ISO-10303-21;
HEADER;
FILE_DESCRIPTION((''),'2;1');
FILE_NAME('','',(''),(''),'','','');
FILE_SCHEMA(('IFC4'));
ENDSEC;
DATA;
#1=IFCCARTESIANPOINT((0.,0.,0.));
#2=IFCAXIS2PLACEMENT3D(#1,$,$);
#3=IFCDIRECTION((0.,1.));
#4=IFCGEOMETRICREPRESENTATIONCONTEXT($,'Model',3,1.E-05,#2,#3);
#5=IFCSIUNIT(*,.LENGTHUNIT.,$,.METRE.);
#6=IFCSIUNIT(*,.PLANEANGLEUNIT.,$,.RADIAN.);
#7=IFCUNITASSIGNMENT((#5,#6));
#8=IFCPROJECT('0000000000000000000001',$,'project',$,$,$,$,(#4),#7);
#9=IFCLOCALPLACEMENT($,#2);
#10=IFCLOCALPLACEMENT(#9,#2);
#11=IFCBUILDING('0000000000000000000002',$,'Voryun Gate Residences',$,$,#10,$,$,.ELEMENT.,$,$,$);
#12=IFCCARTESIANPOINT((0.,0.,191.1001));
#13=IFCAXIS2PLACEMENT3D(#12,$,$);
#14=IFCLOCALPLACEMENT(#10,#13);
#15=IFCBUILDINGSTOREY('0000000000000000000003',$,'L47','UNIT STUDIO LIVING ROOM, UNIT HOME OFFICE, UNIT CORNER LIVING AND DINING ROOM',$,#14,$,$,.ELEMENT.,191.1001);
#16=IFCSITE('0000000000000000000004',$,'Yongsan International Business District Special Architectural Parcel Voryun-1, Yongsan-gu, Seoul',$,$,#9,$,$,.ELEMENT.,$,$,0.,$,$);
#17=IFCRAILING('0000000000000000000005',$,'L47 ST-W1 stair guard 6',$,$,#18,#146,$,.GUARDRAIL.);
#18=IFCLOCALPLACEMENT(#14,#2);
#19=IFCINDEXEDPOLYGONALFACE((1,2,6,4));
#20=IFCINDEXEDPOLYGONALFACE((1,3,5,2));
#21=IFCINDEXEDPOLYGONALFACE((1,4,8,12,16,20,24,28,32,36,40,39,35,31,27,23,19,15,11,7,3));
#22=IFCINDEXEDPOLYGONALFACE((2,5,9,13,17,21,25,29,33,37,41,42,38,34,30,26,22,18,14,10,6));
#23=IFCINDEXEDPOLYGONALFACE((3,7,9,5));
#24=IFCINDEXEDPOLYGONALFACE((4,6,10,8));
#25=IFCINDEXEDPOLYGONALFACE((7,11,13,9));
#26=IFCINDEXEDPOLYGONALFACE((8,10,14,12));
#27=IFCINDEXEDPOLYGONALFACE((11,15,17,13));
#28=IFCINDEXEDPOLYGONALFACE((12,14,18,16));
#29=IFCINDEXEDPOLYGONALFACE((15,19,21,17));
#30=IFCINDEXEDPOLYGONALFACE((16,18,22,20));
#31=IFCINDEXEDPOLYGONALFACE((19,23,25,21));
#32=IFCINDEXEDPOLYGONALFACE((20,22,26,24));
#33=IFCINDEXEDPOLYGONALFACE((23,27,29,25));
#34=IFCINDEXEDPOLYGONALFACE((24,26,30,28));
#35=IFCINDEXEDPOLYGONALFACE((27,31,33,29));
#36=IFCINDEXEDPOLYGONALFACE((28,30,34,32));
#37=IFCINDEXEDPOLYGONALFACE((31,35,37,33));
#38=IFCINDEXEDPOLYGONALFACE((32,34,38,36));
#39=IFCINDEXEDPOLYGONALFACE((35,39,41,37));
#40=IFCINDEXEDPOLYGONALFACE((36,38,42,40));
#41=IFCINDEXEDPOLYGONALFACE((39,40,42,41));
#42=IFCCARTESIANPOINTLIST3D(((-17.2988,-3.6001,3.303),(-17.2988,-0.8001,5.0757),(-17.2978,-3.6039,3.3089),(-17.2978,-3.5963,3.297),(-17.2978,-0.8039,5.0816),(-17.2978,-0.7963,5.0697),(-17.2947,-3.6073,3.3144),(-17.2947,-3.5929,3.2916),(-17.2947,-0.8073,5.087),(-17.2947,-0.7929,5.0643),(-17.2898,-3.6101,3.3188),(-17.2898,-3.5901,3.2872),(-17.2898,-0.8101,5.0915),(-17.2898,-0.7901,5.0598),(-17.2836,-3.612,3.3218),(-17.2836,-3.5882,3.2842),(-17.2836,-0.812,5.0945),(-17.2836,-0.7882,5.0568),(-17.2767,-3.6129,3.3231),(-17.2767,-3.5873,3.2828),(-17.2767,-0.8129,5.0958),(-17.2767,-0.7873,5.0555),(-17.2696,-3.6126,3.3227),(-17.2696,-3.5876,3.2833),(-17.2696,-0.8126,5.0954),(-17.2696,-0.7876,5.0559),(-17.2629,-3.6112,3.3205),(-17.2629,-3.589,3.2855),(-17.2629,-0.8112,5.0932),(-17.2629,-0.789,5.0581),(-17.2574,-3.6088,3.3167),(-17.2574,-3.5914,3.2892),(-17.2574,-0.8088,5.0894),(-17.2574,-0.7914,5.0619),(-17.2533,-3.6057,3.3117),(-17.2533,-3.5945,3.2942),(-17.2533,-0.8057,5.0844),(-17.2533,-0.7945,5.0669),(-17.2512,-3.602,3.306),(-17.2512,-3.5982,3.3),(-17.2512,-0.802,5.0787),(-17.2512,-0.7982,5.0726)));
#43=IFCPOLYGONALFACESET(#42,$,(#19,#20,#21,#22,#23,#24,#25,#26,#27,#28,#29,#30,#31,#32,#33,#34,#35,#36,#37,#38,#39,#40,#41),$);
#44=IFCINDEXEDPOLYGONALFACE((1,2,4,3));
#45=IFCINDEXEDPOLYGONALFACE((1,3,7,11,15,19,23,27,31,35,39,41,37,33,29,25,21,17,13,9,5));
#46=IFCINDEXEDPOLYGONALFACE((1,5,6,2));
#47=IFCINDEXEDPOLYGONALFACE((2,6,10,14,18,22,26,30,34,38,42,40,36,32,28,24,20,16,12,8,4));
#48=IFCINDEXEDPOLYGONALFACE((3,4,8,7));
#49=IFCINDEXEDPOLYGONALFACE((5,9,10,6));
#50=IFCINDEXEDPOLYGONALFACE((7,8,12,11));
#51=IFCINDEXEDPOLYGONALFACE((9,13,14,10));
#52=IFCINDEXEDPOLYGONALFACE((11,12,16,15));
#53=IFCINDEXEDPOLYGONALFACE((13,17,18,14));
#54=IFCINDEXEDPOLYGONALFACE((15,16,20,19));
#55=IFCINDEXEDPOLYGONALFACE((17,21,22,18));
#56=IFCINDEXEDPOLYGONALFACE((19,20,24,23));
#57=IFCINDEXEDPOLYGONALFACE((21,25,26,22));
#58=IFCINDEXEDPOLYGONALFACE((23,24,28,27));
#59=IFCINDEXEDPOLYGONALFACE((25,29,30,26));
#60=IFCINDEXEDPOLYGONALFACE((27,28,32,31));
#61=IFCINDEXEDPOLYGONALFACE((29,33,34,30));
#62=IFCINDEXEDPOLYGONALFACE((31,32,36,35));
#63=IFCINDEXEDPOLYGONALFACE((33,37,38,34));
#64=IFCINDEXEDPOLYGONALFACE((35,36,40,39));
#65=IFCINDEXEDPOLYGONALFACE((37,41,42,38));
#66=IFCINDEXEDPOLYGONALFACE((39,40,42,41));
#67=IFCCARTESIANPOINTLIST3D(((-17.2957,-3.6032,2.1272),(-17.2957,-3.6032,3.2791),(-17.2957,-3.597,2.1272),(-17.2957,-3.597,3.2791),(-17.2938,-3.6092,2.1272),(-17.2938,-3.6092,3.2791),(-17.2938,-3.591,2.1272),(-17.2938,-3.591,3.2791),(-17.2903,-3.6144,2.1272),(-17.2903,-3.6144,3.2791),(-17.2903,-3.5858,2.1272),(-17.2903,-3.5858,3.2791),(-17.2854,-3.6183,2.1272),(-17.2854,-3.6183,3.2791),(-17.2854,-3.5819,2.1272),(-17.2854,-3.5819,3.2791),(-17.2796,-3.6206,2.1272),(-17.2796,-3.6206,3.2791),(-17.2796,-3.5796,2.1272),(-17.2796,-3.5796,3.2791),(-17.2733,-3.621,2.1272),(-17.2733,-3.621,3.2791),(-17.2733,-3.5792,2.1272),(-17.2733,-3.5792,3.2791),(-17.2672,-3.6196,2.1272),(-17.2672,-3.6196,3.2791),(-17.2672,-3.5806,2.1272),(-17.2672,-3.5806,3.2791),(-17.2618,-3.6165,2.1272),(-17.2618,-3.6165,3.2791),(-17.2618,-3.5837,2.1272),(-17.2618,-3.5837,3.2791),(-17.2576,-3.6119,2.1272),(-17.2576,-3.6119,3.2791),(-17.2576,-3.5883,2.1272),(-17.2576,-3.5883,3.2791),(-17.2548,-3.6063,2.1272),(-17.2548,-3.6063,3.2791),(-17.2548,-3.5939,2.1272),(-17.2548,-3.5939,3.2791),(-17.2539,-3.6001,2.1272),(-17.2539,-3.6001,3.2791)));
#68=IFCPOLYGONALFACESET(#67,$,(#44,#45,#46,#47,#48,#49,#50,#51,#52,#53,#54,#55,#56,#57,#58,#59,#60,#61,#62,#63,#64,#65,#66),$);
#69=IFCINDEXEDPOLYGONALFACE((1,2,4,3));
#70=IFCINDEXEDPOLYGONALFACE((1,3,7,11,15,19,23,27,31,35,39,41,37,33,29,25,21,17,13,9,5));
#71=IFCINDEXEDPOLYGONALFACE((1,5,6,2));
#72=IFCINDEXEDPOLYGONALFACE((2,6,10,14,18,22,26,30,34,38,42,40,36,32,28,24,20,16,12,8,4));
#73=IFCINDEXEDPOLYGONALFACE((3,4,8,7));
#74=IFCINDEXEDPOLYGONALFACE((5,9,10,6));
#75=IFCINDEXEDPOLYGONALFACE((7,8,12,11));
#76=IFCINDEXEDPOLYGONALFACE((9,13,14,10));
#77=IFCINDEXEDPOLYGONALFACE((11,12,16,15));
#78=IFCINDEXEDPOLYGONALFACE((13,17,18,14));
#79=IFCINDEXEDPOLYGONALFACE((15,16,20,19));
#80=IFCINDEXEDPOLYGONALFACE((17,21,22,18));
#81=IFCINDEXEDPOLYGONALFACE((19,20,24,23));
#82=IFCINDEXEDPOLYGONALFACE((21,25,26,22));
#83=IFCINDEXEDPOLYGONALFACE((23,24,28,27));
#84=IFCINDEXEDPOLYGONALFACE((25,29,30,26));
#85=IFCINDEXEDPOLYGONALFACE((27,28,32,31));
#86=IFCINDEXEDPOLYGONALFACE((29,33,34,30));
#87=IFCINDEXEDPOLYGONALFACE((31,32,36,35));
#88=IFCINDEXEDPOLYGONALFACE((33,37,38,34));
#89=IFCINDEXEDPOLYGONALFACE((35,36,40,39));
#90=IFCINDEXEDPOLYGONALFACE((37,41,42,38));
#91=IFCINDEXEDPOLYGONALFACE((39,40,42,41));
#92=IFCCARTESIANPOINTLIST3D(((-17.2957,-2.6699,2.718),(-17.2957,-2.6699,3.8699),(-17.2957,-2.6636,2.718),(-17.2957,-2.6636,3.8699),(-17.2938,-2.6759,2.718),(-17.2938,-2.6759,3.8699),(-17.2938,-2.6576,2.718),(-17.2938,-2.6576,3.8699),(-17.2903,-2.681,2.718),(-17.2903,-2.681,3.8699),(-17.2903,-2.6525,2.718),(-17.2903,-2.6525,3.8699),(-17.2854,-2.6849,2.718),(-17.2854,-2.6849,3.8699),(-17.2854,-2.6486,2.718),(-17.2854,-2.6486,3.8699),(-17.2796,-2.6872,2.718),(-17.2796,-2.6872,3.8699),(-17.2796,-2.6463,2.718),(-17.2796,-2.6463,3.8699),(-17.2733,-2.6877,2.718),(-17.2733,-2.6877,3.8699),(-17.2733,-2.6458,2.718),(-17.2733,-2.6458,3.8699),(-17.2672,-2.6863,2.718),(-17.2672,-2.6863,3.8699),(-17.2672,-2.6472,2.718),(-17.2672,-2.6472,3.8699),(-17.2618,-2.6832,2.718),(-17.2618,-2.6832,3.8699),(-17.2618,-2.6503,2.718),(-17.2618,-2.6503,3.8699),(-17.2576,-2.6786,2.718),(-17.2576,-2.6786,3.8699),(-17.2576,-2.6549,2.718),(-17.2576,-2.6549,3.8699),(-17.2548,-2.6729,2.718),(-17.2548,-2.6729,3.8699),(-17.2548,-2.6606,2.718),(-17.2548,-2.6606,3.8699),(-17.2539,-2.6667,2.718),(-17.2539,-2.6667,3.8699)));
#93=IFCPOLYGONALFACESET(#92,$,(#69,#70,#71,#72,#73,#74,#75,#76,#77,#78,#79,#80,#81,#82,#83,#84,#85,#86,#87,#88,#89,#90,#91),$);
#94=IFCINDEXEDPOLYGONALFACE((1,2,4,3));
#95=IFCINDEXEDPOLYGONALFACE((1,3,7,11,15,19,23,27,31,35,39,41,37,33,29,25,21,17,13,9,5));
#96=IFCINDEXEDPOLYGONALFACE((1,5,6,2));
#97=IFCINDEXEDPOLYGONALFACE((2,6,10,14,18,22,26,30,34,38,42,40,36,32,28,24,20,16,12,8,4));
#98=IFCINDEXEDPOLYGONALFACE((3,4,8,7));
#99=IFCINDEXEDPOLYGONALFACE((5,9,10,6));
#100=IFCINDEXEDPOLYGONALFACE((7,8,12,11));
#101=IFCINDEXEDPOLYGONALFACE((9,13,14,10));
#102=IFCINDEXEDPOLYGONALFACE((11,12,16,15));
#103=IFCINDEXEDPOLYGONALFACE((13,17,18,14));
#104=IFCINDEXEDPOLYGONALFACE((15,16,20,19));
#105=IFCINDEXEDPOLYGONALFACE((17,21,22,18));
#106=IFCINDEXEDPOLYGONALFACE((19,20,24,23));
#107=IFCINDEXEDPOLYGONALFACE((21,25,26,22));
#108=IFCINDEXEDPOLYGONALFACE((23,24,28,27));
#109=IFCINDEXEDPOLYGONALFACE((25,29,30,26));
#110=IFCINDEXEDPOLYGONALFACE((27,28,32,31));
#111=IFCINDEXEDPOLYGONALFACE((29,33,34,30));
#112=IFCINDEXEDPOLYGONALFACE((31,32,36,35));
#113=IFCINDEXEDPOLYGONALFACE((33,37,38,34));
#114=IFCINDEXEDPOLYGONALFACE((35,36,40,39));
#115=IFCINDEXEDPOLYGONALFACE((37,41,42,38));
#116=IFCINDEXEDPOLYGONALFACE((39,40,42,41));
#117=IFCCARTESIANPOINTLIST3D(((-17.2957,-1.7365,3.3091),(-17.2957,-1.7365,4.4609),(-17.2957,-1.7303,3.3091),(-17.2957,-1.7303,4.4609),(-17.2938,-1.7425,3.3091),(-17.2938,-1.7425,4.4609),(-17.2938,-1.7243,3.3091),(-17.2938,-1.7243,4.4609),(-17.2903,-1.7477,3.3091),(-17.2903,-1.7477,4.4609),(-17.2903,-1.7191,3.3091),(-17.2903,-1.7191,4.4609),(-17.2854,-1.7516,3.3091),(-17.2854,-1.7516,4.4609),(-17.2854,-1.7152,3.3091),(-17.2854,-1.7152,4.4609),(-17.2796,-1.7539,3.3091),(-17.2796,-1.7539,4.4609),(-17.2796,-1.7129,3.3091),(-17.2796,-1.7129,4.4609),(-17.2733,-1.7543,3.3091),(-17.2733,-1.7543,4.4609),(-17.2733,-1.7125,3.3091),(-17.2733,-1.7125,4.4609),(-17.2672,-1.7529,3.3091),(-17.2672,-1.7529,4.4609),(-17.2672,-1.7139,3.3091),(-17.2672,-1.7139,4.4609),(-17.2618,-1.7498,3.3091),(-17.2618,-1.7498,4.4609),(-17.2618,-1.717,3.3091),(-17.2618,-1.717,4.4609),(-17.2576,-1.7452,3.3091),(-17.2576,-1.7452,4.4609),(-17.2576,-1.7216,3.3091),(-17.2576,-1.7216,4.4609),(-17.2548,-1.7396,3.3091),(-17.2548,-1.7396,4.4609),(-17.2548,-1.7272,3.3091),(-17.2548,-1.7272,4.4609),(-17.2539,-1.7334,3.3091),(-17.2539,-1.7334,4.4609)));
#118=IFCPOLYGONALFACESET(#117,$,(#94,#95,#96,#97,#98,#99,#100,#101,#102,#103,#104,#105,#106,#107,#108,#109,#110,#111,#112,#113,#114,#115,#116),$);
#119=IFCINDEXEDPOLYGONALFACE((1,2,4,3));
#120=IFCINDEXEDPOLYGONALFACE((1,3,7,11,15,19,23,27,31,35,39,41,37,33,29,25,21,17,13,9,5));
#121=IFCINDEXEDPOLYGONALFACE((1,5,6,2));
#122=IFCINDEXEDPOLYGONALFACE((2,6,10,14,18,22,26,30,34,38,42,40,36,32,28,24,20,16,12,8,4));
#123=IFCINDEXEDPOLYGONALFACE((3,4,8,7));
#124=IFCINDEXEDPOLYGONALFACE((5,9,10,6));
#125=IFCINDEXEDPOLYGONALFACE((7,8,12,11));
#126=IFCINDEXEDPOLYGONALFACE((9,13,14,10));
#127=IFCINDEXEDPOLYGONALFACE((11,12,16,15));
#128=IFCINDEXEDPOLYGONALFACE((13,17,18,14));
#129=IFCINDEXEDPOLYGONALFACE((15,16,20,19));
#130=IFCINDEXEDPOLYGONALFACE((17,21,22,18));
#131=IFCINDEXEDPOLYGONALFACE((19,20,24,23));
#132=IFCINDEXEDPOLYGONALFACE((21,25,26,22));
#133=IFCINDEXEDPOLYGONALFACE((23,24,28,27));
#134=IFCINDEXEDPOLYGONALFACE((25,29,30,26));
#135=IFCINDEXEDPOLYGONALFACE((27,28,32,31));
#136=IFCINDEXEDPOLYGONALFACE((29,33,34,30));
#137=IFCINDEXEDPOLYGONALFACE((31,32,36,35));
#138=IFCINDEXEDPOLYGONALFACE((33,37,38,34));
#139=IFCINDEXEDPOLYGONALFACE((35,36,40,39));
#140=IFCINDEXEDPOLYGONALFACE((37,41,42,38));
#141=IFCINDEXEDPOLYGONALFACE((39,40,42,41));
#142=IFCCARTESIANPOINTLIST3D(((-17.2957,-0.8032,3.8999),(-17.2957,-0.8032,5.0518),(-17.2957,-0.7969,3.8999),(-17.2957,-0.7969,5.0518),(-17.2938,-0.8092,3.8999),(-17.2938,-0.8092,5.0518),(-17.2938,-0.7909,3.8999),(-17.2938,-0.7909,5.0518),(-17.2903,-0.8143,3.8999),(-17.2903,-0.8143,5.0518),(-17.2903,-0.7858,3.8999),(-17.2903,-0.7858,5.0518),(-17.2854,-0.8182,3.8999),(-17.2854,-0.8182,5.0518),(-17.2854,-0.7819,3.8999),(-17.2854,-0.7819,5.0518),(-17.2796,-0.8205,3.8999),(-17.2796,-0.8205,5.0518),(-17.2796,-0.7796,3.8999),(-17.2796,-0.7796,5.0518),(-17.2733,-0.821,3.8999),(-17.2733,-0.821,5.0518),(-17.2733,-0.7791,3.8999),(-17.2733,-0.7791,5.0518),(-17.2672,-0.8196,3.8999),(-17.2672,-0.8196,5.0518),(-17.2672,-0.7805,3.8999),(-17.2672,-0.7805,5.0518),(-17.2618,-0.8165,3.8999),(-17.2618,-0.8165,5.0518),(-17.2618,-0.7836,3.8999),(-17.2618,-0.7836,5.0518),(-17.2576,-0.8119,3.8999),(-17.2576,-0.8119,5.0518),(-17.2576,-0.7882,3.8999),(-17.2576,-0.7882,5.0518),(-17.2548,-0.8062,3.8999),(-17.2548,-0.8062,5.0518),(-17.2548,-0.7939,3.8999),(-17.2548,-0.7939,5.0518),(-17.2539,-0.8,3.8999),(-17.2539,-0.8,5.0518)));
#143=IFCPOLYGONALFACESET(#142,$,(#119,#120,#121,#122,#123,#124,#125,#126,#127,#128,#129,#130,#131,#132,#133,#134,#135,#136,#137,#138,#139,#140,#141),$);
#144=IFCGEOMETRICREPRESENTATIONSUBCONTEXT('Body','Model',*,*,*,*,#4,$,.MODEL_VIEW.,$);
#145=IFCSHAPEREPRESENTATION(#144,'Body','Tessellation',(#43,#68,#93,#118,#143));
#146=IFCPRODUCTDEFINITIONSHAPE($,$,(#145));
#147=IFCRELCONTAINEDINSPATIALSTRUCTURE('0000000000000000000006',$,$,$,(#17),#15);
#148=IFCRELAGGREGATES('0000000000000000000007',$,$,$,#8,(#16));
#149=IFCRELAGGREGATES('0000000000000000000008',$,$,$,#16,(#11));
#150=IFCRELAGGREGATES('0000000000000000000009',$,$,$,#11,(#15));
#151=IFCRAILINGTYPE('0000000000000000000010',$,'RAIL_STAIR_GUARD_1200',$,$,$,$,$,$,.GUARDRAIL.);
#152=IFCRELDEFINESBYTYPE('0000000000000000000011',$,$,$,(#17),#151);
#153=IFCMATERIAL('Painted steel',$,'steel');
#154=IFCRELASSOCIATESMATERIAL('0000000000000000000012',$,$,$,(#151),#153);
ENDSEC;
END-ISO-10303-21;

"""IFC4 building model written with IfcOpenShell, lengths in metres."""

from ifc_helpers import new_model, si_unit, direction, frame, origin, origin_2d, place, context, subcontext, project, spatial, circle, extrude, material, type_object, element, save


model = new_model("IFC4")

# Units and contexts
model_context = context("Model", 3, precision=1e-05, world=origin(), true_north=direction((0.0, 1.0)))
body_context = subcontext(model_context, "Body", "Model", "MODEL_VIEW")
ifc_project = project(units=[si_unit("LENGTHUNIT", "METRE"), si_unit("PLANEANGLEUNIT", "RADIAN")], contexts=[model_context])

# Site, building, storey
site_placement = place(None, origin())
site = spatial("IfcSite", under=ifc_project, at=site_placement, Name="Yongsan International Business District Special Architectural Parcel Voryun-1, Yongsan-gu, Seoul", CompositionType="ELEMENT", RefElevation=0.0)
building_placement = place(site_placement, origin())
building = spatial("IfcBuilding", under=site, at=building_placement, Name="Voryun Gate Residences", CompositionType="ELEMENT")
storey_placement = place(building_placement, frame((0.0, 0.0, 191.1001)))
storey = spatial("IfcBuildingStorey", under=building, at=storey_placement, Name="L47", Description="UNIT STUDIO LIVING ROOM, UNIT HOME OFFICE, UNIT CORNER LIVING AND DINING ROOM", CompositionType="ELEMENT", Elevation=191.1001)

# Railing
ifc_material_1 = material(Name="Painted steel", Category="steel")
railing_type_1 = type_object("IfcRailingType", Name="RAIL_STAIR_GUARD_1200", PredefinedType="GUARDRAIL", material=ifc_material_1)
railing_1_placement = place(storey_placement, frame((-17.2749, -3.6001, 2.1272)))
element("IfcRailing", 1, at=railing_1_placement, inside=storey, type_object=railing_type_1, Name="L47 ST-W1 stair guard 6", PredefinedType="GUARDRAIL", context=body_context, shape_type="SweptSolid", body=[
    extrude(circle(Radius=0.0239, at=origin_2d()), frame((0.0, 0.0, 1.1758), z_axis=(0.0, 0.844909, 0.53491), x_axis=(-1.0, 0.0, 0.0)), (0.0, 0.0, 1.0), 3.314),
    extrude(circle(Radius=0.021, at=origin_2d()), origin(), (0.0, 0.0, 1.0), 1.1519),
    extrude(circle(Radius=0.021, at=origin_2d()), frame((0.0, 0.9333, 0.5908)), (0.0, 0.0, 1.0), 1.1519),
    extrude(circle(Radius=0.021, at=origin_2d()), frame((0.0, 1.8667, 1.1819)), (0.0, 0.0, 1.0), 1.1519),
    extrude(circle(Radius=0.021, at=origin_2d()), frame((0.0, 2.8, 1.7727)), (0.0, 0.0, 1.0), 1.1519),
])

save(model, "model.ifc")
